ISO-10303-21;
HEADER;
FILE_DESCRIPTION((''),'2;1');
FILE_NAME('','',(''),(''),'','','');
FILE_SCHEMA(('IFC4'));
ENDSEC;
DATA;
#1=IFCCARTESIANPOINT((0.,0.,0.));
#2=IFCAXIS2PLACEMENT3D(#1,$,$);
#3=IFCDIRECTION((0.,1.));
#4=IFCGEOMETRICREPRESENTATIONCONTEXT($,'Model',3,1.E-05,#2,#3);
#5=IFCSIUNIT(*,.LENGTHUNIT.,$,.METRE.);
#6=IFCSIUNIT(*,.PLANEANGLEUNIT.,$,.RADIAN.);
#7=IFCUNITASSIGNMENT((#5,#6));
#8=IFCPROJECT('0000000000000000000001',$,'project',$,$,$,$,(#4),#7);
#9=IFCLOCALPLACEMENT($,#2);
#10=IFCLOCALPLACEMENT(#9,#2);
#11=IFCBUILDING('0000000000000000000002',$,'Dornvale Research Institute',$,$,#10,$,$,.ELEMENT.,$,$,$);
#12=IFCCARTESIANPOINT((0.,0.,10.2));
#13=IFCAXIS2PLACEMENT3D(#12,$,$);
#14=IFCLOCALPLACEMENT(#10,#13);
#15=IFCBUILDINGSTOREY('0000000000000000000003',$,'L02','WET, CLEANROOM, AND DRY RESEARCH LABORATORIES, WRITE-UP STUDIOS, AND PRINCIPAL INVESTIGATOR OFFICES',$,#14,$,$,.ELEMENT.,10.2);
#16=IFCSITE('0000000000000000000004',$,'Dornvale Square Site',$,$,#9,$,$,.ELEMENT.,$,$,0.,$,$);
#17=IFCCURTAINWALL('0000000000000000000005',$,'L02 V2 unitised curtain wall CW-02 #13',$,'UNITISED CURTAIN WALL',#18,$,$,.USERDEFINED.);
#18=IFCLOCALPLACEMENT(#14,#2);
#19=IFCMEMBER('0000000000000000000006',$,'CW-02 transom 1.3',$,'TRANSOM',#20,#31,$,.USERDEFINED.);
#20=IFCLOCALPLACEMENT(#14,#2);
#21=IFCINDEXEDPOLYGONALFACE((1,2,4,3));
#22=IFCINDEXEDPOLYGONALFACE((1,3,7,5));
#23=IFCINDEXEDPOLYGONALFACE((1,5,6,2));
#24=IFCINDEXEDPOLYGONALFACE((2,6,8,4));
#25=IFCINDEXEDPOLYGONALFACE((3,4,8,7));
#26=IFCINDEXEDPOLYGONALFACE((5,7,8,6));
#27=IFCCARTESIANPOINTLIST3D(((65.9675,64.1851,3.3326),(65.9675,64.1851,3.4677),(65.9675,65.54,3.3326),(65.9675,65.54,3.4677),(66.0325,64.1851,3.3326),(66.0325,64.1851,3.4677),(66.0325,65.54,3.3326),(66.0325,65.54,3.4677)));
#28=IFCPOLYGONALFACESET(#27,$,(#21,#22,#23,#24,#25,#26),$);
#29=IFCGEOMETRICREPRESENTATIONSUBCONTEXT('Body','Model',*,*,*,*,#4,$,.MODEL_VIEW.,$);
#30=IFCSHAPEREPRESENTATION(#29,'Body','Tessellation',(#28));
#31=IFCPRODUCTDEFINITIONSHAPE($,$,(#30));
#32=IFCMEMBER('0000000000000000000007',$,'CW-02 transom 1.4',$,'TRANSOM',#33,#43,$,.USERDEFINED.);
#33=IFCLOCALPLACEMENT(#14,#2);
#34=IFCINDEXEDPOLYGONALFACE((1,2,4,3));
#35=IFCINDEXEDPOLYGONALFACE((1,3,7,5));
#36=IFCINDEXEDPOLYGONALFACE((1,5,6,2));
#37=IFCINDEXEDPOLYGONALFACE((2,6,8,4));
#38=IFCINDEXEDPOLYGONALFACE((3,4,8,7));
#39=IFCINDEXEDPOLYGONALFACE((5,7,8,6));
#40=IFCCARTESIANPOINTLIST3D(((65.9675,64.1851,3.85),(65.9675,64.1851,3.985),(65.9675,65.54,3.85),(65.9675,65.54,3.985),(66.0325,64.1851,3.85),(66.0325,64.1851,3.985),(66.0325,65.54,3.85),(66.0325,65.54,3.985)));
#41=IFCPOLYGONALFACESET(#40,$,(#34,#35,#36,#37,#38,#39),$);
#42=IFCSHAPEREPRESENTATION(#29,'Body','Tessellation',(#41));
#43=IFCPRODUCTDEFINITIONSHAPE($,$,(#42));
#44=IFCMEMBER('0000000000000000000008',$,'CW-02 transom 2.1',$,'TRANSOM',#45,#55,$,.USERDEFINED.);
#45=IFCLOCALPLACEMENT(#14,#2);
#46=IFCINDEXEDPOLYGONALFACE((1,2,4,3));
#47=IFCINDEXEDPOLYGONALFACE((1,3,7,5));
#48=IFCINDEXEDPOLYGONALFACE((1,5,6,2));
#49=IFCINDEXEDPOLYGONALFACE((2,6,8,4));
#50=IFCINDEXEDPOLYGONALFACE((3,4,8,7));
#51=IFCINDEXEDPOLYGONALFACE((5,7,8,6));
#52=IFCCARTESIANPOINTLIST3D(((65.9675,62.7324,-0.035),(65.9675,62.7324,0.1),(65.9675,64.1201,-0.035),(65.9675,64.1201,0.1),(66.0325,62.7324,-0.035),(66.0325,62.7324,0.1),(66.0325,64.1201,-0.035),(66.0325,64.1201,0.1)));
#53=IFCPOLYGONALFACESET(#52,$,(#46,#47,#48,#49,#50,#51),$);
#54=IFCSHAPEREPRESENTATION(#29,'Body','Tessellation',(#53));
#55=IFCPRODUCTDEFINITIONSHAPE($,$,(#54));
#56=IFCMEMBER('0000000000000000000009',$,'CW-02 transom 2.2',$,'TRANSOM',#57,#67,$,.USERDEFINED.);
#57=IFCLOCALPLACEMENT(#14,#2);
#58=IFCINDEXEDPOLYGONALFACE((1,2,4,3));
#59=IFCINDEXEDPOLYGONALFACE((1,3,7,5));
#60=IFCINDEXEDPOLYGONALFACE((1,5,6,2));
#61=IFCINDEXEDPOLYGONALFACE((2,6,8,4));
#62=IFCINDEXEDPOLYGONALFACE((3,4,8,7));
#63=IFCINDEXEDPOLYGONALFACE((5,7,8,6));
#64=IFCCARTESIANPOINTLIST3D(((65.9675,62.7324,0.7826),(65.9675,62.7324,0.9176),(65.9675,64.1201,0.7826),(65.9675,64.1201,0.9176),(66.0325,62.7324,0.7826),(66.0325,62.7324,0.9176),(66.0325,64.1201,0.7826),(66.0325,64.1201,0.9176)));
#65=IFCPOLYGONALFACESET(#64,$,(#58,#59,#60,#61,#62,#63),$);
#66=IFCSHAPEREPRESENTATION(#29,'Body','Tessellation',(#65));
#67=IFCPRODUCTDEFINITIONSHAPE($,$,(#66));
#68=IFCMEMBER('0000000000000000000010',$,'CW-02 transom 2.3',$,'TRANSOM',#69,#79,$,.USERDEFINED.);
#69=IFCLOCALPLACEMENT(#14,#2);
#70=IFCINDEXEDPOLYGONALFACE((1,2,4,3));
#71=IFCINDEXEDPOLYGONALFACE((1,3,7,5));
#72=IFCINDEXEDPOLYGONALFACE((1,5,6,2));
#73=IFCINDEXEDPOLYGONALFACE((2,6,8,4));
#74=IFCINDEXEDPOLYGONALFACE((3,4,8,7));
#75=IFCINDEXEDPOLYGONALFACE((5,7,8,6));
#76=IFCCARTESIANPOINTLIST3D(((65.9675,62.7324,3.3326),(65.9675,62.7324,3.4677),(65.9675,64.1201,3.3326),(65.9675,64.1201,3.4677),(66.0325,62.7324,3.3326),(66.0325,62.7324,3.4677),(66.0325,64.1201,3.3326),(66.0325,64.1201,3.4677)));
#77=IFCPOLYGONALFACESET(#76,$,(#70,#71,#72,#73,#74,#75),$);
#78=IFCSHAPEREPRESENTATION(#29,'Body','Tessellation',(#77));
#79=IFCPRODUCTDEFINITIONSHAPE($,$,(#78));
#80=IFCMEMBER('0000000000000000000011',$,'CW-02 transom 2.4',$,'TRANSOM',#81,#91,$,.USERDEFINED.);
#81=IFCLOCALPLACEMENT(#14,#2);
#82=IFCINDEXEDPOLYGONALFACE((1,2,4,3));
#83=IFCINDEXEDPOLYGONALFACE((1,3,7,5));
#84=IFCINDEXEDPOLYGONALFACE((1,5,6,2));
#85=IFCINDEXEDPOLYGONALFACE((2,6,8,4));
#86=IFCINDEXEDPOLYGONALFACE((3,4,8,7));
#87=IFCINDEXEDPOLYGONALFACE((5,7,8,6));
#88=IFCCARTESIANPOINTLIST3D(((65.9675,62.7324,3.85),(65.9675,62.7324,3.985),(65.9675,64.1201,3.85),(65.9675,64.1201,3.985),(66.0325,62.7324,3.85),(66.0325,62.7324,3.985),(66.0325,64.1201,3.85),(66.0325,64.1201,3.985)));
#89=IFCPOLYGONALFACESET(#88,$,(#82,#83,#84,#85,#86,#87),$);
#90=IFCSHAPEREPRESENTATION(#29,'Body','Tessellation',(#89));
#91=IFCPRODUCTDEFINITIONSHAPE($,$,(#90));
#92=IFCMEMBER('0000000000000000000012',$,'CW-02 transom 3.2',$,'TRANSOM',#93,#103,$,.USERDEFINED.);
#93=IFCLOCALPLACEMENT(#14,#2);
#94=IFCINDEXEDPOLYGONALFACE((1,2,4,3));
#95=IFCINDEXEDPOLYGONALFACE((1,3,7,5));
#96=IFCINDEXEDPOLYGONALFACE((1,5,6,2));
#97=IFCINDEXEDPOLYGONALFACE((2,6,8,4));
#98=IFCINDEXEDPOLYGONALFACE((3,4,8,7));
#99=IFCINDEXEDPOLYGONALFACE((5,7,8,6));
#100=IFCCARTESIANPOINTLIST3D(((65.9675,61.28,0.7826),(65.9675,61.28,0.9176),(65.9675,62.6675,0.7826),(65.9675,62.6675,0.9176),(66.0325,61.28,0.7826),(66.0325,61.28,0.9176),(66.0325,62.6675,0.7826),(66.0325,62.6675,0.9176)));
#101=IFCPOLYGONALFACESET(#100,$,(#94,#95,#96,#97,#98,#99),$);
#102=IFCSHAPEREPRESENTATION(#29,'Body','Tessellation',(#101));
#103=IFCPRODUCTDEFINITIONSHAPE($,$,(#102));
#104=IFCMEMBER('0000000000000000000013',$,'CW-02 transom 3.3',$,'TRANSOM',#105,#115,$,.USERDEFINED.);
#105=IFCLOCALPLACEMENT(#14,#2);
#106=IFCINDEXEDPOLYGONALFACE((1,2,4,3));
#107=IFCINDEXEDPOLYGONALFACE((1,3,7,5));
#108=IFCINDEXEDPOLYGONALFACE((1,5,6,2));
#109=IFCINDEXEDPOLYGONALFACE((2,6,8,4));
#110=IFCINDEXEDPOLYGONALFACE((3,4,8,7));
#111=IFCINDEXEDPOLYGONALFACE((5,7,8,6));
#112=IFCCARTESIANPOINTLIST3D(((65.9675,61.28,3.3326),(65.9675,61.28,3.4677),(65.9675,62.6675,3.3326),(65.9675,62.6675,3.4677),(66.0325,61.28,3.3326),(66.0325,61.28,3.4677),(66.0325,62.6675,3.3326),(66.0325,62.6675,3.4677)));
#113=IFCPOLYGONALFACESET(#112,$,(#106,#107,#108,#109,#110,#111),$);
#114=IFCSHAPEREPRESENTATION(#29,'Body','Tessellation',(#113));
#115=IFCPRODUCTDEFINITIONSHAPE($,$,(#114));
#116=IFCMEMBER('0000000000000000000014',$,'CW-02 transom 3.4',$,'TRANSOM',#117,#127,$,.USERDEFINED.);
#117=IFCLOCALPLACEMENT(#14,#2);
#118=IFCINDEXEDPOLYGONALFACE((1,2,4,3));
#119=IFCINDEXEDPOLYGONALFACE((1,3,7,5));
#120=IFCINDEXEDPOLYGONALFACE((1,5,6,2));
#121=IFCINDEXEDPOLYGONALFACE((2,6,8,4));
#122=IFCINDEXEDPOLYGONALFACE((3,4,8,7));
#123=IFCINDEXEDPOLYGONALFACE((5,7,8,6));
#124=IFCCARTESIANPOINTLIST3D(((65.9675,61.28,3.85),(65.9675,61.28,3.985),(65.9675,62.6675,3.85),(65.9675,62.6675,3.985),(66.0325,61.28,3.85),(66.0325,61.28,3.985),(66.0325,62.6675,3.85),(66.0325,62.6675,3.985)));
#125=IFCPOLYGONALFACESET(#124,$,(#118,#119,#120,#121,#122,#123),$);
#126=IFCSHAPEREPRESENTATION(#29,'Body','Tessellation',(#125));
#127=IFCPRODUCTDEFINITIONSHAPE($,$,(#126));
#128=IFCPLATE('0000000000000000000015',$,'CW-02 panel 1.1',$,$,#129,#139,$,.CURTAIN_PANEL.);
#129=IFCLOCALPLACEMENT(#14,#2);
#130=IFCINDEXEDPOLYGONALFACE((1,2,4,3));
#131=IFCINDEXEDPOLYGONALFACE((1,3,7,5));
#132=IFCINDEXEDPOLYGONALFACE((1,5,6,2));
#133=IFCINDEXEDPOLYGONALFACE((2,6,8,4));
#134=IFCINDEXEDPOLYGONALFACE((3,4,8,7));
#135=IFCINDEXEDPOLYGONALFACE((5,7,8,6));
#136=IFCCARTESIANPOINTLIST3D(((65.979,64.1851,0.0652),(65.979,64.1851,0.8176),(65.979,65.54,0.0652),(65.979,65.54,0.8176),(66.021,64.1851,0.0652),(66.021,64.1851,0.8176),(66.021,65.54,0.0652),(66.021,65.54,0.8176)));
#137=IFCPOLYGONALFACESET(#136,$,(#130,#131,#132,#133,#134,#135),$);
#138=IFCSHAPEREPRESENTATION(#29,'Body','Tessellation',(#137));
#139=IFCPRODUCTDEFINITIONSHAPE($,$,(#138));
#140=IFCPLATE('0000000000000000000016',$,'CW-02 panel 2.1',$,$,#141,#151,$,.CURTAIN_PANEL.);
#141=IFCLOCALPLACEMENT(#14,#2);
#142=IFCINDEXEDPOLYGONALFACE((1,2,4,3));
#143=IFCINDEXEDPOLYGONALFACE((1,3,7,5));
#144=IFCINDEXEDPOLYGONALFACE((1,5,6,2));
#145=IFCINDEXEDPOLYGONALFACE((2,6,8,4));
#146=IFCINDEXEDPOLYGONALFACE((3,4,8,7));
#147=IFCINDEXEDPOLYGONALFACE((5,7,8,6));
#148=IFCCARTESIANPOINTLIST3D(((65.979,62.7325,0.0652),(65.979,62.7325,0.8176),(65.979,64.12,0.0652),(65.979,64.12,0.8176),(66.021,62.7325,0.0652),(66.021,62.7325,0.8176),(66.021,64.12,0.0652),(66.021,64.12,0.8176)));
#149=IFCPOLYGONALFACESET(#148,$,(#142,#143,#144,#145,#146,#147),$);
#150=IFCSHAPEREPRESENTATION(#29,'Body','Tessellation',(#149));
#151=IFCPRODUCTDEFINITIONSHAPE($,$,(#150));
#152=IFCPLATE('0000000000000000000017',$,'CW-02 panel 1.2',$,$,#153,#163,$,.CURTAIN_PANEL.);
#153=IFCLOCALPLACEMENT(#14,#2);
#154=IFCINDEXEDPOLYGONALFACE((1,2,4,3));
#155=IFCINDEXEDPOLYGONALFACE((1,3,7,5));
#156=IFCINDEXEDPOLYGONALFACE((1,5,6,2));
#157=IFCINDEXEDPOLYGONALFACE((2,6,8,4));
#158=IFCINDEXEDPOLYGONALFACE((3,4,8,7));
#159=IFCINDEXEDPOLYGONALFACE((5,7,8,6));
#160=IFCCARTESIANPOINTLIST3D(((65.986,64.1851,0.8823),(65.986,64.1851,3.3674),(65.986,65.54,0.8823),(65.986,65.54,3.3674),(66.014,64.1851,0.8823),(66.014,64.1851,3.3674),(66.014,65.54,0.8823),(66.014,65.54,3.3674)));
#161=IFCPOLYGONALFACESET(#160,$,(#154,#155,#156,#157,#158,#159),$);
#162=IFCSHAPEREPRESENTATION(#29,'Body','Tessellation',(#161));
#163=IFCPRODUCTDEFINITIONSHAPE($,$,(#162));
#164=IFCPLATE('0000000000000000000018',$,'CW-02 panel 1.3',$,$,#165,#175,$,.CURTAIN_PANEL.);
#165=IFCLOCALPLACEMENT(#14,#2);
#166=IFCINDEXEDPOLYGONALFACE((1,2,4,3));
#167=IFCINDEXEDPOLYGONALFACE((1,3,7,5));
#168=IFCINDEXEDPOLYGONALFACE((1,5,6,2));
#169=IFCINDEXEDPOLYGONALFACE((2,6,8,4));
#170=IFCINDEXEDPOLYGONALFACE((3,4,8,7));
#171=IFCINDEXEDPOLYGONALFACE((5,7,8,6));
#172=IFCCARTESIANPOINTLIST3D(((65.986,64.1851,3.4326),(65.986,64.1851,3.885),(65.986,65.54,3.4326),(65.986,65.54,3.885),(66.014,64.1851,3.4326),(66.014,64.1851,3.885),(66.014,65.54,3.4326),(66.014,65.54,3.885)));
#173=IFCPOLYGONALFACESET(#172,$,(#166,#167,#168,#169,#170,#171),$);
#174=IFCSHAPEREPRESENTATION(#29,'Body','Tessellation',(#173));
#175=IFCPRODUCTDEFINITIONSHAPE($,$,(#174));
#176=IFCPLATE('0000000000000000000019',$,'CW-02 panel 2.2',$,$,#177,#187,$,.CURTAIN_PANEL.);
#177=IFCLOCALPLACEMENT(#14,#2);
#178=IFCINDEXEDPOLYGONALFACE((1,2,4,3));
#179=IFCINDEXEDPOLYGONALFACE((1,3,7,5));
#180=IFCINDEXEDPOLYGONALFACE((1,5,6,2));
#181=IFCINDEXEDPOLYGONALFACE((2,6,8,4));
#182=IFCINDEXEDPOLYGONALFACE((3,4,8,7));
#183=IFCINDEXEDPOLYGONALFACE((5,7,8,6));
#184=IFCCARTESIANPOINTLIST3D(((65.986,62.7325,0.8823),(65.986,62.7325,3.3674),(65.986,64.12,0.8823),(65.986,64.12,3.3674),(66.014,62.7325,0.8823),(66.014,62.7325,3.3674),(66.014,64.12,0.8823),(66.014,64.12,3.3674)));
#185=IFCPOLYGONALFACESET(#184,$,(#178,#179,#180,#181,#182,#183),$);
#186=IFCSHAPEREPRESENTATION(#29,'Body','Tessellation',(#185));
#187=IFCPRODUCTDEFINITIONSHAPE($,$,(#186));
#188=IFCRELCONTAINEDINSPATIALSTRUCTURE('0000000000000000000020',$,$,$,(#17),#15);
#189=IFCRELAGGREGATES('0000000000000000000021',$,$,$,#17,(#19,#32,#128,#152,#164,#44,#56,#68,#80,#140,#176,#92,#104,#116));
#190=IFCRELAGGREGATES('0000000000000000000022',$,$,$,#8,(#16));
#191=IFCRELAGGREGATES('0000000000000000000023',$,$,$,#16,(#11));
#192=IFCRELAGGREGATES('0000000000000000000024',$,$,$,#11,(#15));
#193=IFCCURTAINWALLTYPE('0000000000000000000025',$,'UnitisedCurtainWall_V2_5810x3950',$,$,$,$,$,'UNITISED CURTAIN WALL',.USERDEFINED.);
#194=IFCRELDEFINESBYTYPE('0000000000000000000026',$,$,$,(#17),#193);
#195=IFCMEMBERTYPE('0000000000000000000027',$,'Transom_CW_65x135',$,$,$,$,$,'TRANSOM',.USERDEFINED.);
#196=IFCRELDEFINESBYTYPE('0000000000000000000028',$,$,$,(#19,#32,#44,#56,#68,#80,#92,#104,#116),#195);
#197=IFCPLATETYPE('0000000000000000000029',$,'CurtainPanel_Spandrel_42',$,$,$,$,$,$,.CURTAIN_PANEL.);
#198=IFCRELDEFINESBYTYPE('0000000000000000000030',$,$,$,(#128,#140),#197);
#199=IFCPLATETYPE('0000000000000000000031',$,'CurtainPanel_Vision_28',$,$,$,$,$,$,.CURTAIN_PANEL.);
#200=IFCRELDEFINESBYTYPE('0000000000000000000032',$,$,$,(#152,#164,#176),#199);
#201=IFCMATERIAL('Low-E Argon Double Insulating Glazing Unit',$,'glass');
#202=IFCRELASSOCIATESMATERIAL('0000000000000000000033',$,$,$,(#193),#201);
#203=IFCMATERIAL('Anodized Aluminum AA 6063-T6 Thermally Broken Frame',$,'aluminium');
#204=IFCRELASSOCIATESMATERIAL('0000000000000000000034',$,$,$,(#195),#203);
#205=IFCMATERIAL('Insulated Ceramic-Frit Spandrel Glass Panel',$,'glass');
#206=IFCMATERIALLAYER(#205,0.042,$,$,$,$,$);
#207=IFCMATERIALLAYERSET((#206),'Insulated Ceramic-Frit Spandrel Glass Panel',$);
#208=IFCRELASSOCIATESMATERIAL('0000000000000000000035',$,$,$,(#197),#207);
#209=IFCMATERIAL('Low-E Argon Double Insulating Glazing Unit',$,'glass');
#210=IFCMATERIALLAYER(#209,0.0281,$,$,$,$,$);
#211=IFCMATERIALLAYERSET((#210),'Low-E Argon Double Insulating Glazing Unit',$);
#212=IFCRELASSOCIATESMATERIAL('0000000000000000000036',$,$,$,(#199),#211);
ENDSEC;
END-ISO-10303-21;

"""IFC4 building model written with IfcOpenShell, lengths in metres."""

from ifc_helpers import new_model, si_unit, direction, frame, origin, origin_2d, place, context, subcontext, project, spatial, rectangle, extrude, material, layer, layer_set, material_profile, profile_set, type_object, element, aggregate, save


model = new_model("IFC4")

# Units and contexts
model_context = context("Model", 3, precision=1e-05, world=origin(), true_north=direction((0.0, 1.0)))
body_context = subcontext(model_context, "Body", "Model", "MODEL_VIEW")
ifc_project = project(units=[si_unit("LENGTHUNIT", "METRE"), si_unit("PLANEANGLEUNIT", "RADIAN")], contexts=[model_context])

# Site, building, storey
site_placement = place(None, origin())
site = spatial("IfcSite", under=ifc_project, at=site_placement, Name="Dornvale Square Site", CompositionType="ELEMENT", RefElevation=0.0)
building_placement = place(site_placement, origin())
building = spatial("IfcBuilding", under=site, at=building_placement, Name="Dornvale Research Institute", CompositionType="ELEMENT")
storey_placement = place(building_placement, frame((0.0, 0.0, 10.2)))
storey = spatial("IfcBuildingStorey", under=building, at=storey_placement, Name="L02", Description="WET, CLEANROOM, AND DRY RESEARCH LABORATORIES, WRITE-UP STUDIOS, AND PRINCIPAL INVESTIGATOR OFFICES", CompositionType="ELEMENT", Elevation=10.2)

# Curtain wall
ifc_material_1 = material(Name="Low-E Argon Double Insulating Glazing Unit", Category="glass")
curtain_wall_type = type_object("IfcCurtainWallType", Name="UnitisedCurtainWall_V2_5810x3950", ElementType="UNITISED CURTAIN WALL", PredefinedType="USERDEFINED", material=ifc_material_1)
curtain_wall_placement = place(storey_placement, origin())
curtain_wall = element("IfcCurtainWall", 1, at=curtain_wall_placement, inside=storey, type_object=curtain_wall_type, Name="L02 V2 unitised curtain wall CW-02 #13", ObjectType="UNITISED CURTAIN WALL", PredefinedType="USERDEFINED")

# Members
ifc_material_2 = material(Name="Anodized Aluminum AA 6063-T6 Thermally Broken Frame", Category="aluminium")
ifc_material_profile_1 = material_profile(ifc_material_2, rectangle(XDim=0.0649, YDim=0.135, at=origin_2d()), Name="ALU TRANSOM 65x135")
ifc_profile_set_1 = profile_set([ifc_material_profile_1], Name="Anodized Aluminum AA 6063-T6 Thermally Broken Frame")
member_type_1 = type_object("IfcMemberType", Name="Transom_CW_65x135", ElementType="TRANSOM", PredefinedType="USERDEFINED", material=ifc_profile_set_1)
member_1_placement = place(storey_placement, frame((66.0, 65.54, 3.4001), z_axis=(0.0, -1.0, 0.0), x_axis=(1.0, 0.0, 0.0)))
member_1 = element("IfcMember", 2, at=member_1_placement, type_object=member_type_1, Name="CW-02 transom 1.3", ObjectType="TRANSOM", PredefinedType="USERDEFINED", context=body_context, shape_type="SweptSolid", body=[
    extrude(rectangle(XDim=0.0649, YDim=0.135, at=origin_2d()), origin(), (0.0, 0.0, 1.0), 1.355),
])
member_2_placement = place(storey_placement, frame((66.0, 65.54, 3.9175), z_axis=(0.0, -1.0, 0.0), x_axis=(1.0, 0.0, 0.0)))
member_2 = element("IfcMember", 3, at=member_2_placement, type_object=member_type_1, Name="CW-02 transom 1.4", ObjectType="TRANSOM", PredefinedType="USERDEFINED", context=body_context, shape_type="SweptSolid", body=[
    extrude(rectangle(XDim=0.0649, YDim=0.135, at=origin_2d()), origin(), (0.0, 0.0, 1.0), 1.355),
])
member_3_placement = place(storey_placement, frame((66.0, 64.1201, 0.0325), z_axis=(0.0, -1.0, 0.0), x_axis=(1.0, 0.0, 0.0)))
member_3 = element("IfcMember", 4, at=member_3_placement, type_object=member_type_1, Name="CW-02 transom 2.1", ObjectType="TRANSOM", PredefinedType="USERDEFINED", context=body_context, shape_type="SweptSolid", body=[
    extrude(rectangle(XDim=0.0649, YDim=0.135, at=origin_2d()), origin(), (0.0, 0.0, 1.0), 1.3877),
])
member_4_placement = place(storey_placement, frame((66.0, 64.1201, 0.8501), z_axis=(0.0, -1.0, 0.0), x_axis=(1.0, 0.0, 0.0)))
member_4 = element("IfcMember", 5, at=member_4_placement, type_object=member_type_1, Name="CW-02 transom 2.2", ObjectType="TRANSOM", PredefinedType="USERDEFINED", context=body_context, shape_type="SweptSolid", body=[
    extrude(rectangle(XDim=0.0649, YDim=0.135, at=origin_2d()), origin(), (0.0, 0.0, 1.0), 1.3877),
])
member_5_placement = place(storey_placement, frame((66.0, 64.1201, 3.4001), z_axis=(0.0, -1.0, 0.0), x_axis=(1.0, 0.0, 0.0)))
member_5 = element("IfcMember", 6, at=member_5_placement, type_object=member_type_1, Name="CW-02 transom 2.3", ObjectType="TRANSOM", PredefinedType="USERDEFINED", context=body_context, shape_type="SweptSolid", body=[
    extrude(rectangle(XDim=0.0649, YDim=0.135, at=origin_2d()), origin(), (0.0, 0.0, 1.0), 1.3877),
])
member_6_placement = place(storey_placement, frame((66.0, 64.1201, 3.9175), z_axis=(0.0, -1.0, 0.0), x_axis=(1.0, 0.0, 0.0)))
member_6 = element("IfcMember", 7, at=member_6_placement, type_object=member_type_1, Name="CW-02 transom 2.4", ObjectType="TRANSOM", PredefinedType="USERDEFINED", context=body_context, shape_type="SweptSolid", body=[
    extrude(rectangle(XDim=0.0649, YDim=0.135, at=origin_2d()), origin(), (0.0, 0.0, 1.0), 1.3877),
])
member_7_placement = place(storey_placement, frame((66.0, 62.6675, 0.8501), z_axis=(0.0, -1.0, 0.0), x_axis=(1.0, 0.0, 0.0)))
member_7 = element("IfcMember", 8, at=member_7_placement, type_object=member_type_1, Name="CW-02 transom 3.2", ObjectType="TRANSOM", PredefinedType="USERDEFINED", context=body_context, shape_type="SweptSolid", body=[
    extrude(rectangle(XDim=0.0649, YDim=0.135, at=origin_2d()), origin(), (0.0, 0.0, 1.0), 1.3875),
])
member_8_placement = place(storey_placement, frame((66.0, 62.6675, 3.4001), z_axis=(0.0, -1.0, 0.0), x_axis=(1.0, 0.0, 0.0)))
member_8 = element("IfcMember", 9, at=member_8_placement, type_object=member_type_1, Name="CW-02 transom 3.3", ObjectType="TRANSOM", PredefinedType="USERDEFINED", context=body_context, shape_type="SweptSolid", body=[
    extrude(rectangle(XDim=0.0649, YDim=0.135, at=origin_2d()), origin(), (0.0, 0.0, 1.0), 1.3875),
])
member_9_placement = place(storey_placement, frame((66.0, 62.6675, 3.9175), z_axis=(0.0, -1.0, 0.0), x_axis=(1.0, 0.0, 0.0)))
member_9 = element("IfcMember", 10, at=member_9_placement, type_object=member_type_1, Name="CW-02 transom 3.4", ObjectType="TRANSOM", PredefinedType="USERDEFINED", context=body_context, shape_type="SweptSolid", body=[
    extrude(rectangle(XDim=0.0649, YDim=0.135, at=origin_2d()), origin(), (0.0, 0.0, 1.0), 1.3875),
])

# Plates
ifc_material_3 = material(Name="Insulated Ceramic-Frit Spandrel Glass Panel", Category="glass")
ifc_layer_1 = layer(ifc_material_3, 0.042)
ifc_layer_set_1 = layer_set([ifc_layer_1], Name="Insulated Ceramic-Frit Spandrel Glass Panel")
plate_type_1 = type_object("IfcPlateType", Name="CurtainPanel_Spandrel_42", PredefinedType="CURTAIN_PANEL", material=ifc_layer_set_1)
plate_1_placement = place(storey_placement, frame((66.0, 64.8625, 0.0652), z_axis=(0.0, 0.0, 1.0), x_axis=(0.0, -1.0, 0.0)))
plate_1 = element("IfcPlate", 11, at=plate_1_placement, type_object=plate_type_1, Name="CW-02 panel 1.1", PredefinedType="CURTAIN_PANEL", context=body_context, shape_type="SweptSolid", body=[
    extrude(rectangle(XDim=1.355, YDim=0.042, at=origin_2d()), origin(), (0.0, 0.0, 1.0), 0.7524),
])
plate_2_placement = place(storey_placement, frame((66.0, 63.4263, 0.0652), z_axis=(0.0, 0.0, 1.0), x_axis=(0.0, -1.0, 0.0)))
plate_2 = element("IfcPlate", 12, at=plate_2_placement, type_object=plate_type_1, Name="CW-02 panel 2.1", PredefinedType="CURTAIN_PANEL", context=body_context, shape_type="SweptSolid", body=[
    extrude(rectangle(XDim=1.3875, YDim=0.042, at=origin_2d()), origin(), (0.0, 0.0, 1.0), 0.7524),
])
ifc_material_4 = material(Name="Low-E Argon Double Insulating Glazing Unit", Category="glass")
ifc_layer_2 = layer(ifc_material_4, 0.0281)
ifc_layer_set_2 = layer_set([ifc_layer_2], Name="Low-E Argon Double Insulating Glazing Unit")
plate_type_2 = type_object("IfcPlateType", Name="CurtainPanel_Vision_28", PredefinedType="CURTAIN_PANEL", material=ifc_layer_set_2)
plate_3_placement = place(storey_placement, frame((66.0, 64.8625, 0.8823), z_axis=(0.0, 0.0, 1.0), x_axis=(0.0, -1.0, 0.0)))
plate_3 = element("IfcPlate", 13, at=plate_3_placement, type_object=plate_type_2, Name="CW-02 panel 1.2", PredefinedType="CURTAIN_PANEL", context=body_context, shape_type="SweptSolid", body=[
    extrude(rectangle(XDim=1.355, YDim=0.0281, at=origin_2d()), origin(), (0.0, 0.0, 1.0), 2.4851),
])
plate_4_placement = place(storey_placement, frame((66.0, 64.8625, 3.4326), z_axis=(0.0, 0.0, 1.0), x_axis=(0.0, -1.0, 0.0)))
plate_4 = element("IfcPlate", 14, at=plate_4_placement, type_object=plate_type_2, Name="CW-02 panel 1.3", PredefinedType="CURTAIN_PANEL", context=body_context, shape_type="SweptSolid", body=[
    extrude(rectangle(XDim=1.355, YDim=0.0281, at=origin_2d()), origin(), (0.0, 0.0, 1.0), 0.4524),
])
plate_5_placement = place(storey_placement, frame((66.0, 63.4263, 0.8823), z_axis=(0.0, 0.0, 1.0), x_axis=(0.0, -1.0, 0.0)))
plate_5 = element("IfcPlate", 15, at=plate_5_placement, type_object=plate_type_2, Name="CW-02 panel 2.2", PredefinedType="CURTAIN_PANEL", context=body_context, shape_type="SweptSolid", body=[
    extrude(rectangle(XDim=1.3875, YDim=0.0281, at=origin_2d()), origin(), (0.0, 0.0, 1.0), 2.4851),
])
aggregate(curtain_wall, [member_1, member_2, plate_1, plate_3, plate_4, member_3, member_4, member_5, member_6, plate_2, plate_5, member_7, member_8, member_9])

save(model, "model.ifc")
